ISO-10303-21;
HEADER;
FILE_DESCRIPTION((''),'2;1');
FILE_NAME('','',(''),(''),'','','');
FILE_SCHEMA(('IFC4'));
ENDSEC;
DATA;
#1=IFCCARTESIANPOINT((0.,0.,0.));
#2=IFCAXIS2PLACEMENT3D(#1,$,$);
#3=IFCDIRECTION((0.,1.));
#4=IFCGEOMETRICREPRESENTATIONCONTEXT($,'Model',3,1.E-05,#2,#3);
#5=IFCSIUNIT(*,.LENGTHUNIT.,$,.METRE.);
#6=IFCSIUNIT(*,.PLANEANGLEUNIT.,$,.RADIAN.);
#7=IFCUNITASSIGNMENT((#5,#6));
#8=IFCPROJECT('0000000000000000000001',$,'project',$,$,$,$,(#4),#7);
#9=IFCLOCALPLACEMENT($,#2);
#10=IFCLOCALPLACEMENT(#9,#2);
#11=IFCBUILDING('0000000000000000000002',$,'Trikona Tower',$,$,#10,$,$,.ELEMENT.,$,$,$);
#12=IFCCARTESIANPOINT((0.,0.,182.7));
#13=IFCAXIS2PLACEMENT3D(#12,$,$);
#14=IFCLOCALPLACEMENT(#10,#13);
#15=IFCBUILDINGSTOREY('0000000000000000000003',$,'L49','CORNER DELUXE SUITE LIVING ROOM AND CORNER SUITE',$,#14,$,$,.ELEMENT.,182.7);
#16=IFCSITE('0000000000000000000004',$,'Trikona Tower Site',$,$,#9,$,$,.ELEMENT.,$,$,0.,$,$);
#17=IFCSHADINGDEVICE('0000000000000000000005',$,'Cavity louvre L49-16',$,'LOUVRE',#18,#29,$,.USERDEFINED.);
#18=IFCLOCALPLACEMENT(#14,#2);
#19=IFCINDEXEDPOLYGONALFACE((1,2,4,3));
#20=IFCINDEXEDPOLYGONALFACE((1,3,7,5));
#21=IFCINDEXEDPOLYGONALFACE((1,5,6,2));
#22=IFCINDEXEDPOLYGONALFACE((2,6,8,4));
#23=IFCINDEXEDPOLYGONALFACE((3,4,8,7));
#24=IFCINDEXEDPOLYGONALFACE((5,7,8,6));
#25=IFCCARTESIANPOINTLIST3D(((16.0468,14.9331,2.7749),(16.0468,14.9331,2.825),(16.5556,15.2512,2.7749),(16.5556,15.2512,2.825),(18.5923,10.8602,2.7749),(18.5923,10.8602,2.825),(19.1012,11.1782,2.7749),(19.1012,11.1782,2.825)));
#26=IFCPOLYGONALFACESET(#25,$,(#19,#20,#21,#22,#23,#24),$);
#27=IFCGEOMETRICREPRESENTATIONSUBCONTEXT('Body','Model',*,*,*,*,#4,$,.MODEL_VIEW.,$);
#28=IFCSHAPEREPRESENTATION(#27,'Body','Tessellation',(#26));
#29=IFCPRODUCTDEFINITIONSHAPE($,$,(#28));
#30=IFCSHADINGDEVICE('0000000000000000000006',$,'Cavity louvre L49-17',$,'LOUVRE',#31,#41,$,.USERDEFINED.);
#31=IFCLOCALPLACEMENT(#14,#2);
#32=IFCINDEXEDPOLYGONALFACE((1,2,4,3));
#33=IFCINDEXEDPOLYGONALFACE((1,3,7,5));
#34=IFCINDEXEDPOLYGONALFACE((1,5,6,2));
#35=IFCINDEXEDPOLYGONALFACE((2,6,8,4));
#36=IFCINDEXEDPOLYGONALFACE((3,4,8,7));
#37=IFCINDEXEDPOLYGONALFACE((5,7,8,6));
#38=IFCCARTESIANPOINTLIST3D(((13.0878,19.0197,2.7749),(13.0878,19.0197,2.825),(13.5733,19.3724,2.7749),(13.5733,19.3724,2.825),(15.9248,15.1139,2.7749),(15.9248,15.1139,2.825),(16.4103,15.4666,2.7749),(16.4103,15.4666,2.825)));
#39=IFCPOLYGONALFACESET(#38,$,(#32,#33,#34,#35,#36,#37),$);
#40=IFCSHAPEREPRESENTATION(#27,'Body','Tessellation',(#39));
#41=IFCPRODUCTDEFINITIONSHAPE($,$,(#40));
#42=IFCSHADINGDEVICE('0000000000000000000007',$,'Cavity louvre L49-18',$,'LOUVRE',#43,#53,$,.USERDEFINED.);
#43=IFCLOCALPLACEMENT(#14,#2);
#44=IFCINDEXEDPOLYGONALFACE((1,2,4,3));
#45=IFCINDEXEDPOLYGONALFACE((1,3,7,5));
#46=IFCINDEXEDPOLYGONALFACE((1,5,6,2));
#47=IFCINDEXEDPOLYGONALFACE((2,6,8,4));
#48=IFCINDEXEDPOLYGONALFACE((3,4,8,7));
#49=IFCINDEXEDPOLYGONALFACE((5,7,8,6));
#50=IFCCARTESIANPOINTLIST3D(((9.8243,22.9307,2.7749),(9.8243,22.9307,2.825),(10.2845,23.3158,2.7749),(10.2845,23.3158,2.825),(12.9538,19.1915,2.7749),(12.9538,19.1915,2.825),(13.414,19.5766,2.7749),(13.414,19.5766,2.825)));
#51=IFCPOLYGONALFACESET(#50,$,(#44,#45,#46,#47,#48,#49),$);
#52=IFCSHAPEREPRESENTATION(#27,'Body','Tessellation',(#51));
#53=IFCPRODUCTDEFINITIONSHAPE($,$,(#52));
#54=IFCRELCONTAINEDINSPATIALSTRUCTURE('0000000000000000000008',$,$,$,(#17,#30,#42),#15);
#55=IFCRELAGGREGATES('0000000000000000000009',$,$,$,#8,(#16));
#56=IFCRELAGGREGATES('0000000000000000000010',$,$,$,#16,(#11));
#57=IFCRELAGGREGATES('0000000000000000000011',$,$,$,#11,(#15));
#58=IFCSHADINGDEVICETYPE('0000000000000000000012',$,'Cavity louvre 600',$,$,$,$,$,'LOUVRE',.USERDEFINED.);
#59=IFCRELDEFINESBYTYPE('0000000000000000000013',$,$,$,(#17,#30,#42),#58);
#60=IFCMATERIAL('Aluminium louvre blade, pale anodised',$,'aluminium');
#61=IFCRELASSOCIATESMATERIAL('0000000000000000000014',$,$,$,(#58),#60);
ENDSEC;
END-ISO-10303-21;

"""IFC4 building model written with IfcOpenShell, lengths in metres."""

from ifc_helpers import new_model, si_unit, direction, frame, origin, origin_2d, place, context, subcontext, project, spatial, rectangle, extrude, material, type_object, element, save


model = new_model("IFC4")

# Units and contexts
model_context = context("Model", 3, precision=1e-05, world=origin(), true_north=direction((0.0, 1.0)))
body_context = subcontext(model_context, "Body", "Model", "MODEL_VIEW")
ifc_project = project(units=[si_unit("LENGTHUNIT", "METRE"), si_unit("PLANEANGLEUNIT", "RADIAN")], contexts=[model_context])

# Site, building, storey
site_placement = place(None, origin())
site = spatial("IfcSite", under=ifc_project, at=site_placement, Name="Trikona Tower Site", CompositionType="ELEMENT", RefElevation=0.0)
building_placement = place(site_placement, origin())
building = spatial("IfcBuilding", under=site, at=building_placement, Name="Trikona Tower", CompositionType="ELEMENT")
storey_placement = place(building_placement, frame((0.0, 0.0, 182.7)))
storey = spatial("IfcBuildingStorey", under=building, at=storey_placement, Name="L49", Description="CORNER DELUXE SUITE LIVING ROOM AND CORNER SUITE", CompositionType="ELEMENT", Elevation=182.7)

# Shading devices
ifc_material_1 = material(Name="Aluminium louvre blade, pale anodised", Category="aluminium")
shading_device_type = type_object("IfcShadingDeviceType", Name="Cavity louvre 600", ElementType="LOUVRE", PredefinedType="USERDEFINED", material=ifc_material_1)
shading_device_1_placement = place(storey_placement, frame((17.574, 13.0557, 2.7749), z_axis=(0.0, 0.0, 1.0), x_axis=(-0.529995, 0.848001, 0.0)))
element("IfcShadingDevice", 1, at=shading_device_1_placement, inside=storey, type_object=shading_device_type, Name="Cavity louvre L49-16", ObjectType="LOUVRE", PredefinedType="USERDEFINED", context=body_context, shape_type="SweptSolid", body=[
    extrude(rectangle(XDim=4.803, YDim=0.6001, at=origin_2d()), origin(), (0.0, 0.0, 1.0), 0.05),
])
shading_device_2_placement = place(storey_placement, frame((14.749, 17.2432, 2.7749), z_axis=(0.0, 0.0, 1.0), x_axis=(-0.587686, 0.809089, 0.0)))
element("IfcShadingDevice", 2, at=shading_device_2_placement, inside=storey, type_object=shading_device_type, Name="Cavity louvre L49-17", ObjectType="LOUVRE", PredefinedType="USERDEFINED", context=body_context, shape_type="SweptSolid", body=[
    extrude(rectangle(XDim=4.8274, YDim=0.6001, at=origin_2d()), origin(), (0.0, 0.0, 1.0), 0.05),
])
shading_device_3_placement = place(storey_placement, frame((11.6191, 21.2537, 2.7749), z_axis=(0.0, 0.0, 1.0), x_axis=(-0.641807, 0.766866, 0.0)))
element("IfcShadingDevice", 3, at=shading_device_3_placement, inside=storey, type_object=shading_device_type, Name="Cavity louvre L49-18", ObjectType="LOUVRE", PredefinedType="USERDEFINED", context=body_context, shape_type="SweptSolid", body=[
    extrude(rectangle(XDim=4.876, YDim=0.6001, at=origin_2d()), origin(), (0.0, 0.0, 1.0), 0.05),
])

save(model, "model.ifc")
